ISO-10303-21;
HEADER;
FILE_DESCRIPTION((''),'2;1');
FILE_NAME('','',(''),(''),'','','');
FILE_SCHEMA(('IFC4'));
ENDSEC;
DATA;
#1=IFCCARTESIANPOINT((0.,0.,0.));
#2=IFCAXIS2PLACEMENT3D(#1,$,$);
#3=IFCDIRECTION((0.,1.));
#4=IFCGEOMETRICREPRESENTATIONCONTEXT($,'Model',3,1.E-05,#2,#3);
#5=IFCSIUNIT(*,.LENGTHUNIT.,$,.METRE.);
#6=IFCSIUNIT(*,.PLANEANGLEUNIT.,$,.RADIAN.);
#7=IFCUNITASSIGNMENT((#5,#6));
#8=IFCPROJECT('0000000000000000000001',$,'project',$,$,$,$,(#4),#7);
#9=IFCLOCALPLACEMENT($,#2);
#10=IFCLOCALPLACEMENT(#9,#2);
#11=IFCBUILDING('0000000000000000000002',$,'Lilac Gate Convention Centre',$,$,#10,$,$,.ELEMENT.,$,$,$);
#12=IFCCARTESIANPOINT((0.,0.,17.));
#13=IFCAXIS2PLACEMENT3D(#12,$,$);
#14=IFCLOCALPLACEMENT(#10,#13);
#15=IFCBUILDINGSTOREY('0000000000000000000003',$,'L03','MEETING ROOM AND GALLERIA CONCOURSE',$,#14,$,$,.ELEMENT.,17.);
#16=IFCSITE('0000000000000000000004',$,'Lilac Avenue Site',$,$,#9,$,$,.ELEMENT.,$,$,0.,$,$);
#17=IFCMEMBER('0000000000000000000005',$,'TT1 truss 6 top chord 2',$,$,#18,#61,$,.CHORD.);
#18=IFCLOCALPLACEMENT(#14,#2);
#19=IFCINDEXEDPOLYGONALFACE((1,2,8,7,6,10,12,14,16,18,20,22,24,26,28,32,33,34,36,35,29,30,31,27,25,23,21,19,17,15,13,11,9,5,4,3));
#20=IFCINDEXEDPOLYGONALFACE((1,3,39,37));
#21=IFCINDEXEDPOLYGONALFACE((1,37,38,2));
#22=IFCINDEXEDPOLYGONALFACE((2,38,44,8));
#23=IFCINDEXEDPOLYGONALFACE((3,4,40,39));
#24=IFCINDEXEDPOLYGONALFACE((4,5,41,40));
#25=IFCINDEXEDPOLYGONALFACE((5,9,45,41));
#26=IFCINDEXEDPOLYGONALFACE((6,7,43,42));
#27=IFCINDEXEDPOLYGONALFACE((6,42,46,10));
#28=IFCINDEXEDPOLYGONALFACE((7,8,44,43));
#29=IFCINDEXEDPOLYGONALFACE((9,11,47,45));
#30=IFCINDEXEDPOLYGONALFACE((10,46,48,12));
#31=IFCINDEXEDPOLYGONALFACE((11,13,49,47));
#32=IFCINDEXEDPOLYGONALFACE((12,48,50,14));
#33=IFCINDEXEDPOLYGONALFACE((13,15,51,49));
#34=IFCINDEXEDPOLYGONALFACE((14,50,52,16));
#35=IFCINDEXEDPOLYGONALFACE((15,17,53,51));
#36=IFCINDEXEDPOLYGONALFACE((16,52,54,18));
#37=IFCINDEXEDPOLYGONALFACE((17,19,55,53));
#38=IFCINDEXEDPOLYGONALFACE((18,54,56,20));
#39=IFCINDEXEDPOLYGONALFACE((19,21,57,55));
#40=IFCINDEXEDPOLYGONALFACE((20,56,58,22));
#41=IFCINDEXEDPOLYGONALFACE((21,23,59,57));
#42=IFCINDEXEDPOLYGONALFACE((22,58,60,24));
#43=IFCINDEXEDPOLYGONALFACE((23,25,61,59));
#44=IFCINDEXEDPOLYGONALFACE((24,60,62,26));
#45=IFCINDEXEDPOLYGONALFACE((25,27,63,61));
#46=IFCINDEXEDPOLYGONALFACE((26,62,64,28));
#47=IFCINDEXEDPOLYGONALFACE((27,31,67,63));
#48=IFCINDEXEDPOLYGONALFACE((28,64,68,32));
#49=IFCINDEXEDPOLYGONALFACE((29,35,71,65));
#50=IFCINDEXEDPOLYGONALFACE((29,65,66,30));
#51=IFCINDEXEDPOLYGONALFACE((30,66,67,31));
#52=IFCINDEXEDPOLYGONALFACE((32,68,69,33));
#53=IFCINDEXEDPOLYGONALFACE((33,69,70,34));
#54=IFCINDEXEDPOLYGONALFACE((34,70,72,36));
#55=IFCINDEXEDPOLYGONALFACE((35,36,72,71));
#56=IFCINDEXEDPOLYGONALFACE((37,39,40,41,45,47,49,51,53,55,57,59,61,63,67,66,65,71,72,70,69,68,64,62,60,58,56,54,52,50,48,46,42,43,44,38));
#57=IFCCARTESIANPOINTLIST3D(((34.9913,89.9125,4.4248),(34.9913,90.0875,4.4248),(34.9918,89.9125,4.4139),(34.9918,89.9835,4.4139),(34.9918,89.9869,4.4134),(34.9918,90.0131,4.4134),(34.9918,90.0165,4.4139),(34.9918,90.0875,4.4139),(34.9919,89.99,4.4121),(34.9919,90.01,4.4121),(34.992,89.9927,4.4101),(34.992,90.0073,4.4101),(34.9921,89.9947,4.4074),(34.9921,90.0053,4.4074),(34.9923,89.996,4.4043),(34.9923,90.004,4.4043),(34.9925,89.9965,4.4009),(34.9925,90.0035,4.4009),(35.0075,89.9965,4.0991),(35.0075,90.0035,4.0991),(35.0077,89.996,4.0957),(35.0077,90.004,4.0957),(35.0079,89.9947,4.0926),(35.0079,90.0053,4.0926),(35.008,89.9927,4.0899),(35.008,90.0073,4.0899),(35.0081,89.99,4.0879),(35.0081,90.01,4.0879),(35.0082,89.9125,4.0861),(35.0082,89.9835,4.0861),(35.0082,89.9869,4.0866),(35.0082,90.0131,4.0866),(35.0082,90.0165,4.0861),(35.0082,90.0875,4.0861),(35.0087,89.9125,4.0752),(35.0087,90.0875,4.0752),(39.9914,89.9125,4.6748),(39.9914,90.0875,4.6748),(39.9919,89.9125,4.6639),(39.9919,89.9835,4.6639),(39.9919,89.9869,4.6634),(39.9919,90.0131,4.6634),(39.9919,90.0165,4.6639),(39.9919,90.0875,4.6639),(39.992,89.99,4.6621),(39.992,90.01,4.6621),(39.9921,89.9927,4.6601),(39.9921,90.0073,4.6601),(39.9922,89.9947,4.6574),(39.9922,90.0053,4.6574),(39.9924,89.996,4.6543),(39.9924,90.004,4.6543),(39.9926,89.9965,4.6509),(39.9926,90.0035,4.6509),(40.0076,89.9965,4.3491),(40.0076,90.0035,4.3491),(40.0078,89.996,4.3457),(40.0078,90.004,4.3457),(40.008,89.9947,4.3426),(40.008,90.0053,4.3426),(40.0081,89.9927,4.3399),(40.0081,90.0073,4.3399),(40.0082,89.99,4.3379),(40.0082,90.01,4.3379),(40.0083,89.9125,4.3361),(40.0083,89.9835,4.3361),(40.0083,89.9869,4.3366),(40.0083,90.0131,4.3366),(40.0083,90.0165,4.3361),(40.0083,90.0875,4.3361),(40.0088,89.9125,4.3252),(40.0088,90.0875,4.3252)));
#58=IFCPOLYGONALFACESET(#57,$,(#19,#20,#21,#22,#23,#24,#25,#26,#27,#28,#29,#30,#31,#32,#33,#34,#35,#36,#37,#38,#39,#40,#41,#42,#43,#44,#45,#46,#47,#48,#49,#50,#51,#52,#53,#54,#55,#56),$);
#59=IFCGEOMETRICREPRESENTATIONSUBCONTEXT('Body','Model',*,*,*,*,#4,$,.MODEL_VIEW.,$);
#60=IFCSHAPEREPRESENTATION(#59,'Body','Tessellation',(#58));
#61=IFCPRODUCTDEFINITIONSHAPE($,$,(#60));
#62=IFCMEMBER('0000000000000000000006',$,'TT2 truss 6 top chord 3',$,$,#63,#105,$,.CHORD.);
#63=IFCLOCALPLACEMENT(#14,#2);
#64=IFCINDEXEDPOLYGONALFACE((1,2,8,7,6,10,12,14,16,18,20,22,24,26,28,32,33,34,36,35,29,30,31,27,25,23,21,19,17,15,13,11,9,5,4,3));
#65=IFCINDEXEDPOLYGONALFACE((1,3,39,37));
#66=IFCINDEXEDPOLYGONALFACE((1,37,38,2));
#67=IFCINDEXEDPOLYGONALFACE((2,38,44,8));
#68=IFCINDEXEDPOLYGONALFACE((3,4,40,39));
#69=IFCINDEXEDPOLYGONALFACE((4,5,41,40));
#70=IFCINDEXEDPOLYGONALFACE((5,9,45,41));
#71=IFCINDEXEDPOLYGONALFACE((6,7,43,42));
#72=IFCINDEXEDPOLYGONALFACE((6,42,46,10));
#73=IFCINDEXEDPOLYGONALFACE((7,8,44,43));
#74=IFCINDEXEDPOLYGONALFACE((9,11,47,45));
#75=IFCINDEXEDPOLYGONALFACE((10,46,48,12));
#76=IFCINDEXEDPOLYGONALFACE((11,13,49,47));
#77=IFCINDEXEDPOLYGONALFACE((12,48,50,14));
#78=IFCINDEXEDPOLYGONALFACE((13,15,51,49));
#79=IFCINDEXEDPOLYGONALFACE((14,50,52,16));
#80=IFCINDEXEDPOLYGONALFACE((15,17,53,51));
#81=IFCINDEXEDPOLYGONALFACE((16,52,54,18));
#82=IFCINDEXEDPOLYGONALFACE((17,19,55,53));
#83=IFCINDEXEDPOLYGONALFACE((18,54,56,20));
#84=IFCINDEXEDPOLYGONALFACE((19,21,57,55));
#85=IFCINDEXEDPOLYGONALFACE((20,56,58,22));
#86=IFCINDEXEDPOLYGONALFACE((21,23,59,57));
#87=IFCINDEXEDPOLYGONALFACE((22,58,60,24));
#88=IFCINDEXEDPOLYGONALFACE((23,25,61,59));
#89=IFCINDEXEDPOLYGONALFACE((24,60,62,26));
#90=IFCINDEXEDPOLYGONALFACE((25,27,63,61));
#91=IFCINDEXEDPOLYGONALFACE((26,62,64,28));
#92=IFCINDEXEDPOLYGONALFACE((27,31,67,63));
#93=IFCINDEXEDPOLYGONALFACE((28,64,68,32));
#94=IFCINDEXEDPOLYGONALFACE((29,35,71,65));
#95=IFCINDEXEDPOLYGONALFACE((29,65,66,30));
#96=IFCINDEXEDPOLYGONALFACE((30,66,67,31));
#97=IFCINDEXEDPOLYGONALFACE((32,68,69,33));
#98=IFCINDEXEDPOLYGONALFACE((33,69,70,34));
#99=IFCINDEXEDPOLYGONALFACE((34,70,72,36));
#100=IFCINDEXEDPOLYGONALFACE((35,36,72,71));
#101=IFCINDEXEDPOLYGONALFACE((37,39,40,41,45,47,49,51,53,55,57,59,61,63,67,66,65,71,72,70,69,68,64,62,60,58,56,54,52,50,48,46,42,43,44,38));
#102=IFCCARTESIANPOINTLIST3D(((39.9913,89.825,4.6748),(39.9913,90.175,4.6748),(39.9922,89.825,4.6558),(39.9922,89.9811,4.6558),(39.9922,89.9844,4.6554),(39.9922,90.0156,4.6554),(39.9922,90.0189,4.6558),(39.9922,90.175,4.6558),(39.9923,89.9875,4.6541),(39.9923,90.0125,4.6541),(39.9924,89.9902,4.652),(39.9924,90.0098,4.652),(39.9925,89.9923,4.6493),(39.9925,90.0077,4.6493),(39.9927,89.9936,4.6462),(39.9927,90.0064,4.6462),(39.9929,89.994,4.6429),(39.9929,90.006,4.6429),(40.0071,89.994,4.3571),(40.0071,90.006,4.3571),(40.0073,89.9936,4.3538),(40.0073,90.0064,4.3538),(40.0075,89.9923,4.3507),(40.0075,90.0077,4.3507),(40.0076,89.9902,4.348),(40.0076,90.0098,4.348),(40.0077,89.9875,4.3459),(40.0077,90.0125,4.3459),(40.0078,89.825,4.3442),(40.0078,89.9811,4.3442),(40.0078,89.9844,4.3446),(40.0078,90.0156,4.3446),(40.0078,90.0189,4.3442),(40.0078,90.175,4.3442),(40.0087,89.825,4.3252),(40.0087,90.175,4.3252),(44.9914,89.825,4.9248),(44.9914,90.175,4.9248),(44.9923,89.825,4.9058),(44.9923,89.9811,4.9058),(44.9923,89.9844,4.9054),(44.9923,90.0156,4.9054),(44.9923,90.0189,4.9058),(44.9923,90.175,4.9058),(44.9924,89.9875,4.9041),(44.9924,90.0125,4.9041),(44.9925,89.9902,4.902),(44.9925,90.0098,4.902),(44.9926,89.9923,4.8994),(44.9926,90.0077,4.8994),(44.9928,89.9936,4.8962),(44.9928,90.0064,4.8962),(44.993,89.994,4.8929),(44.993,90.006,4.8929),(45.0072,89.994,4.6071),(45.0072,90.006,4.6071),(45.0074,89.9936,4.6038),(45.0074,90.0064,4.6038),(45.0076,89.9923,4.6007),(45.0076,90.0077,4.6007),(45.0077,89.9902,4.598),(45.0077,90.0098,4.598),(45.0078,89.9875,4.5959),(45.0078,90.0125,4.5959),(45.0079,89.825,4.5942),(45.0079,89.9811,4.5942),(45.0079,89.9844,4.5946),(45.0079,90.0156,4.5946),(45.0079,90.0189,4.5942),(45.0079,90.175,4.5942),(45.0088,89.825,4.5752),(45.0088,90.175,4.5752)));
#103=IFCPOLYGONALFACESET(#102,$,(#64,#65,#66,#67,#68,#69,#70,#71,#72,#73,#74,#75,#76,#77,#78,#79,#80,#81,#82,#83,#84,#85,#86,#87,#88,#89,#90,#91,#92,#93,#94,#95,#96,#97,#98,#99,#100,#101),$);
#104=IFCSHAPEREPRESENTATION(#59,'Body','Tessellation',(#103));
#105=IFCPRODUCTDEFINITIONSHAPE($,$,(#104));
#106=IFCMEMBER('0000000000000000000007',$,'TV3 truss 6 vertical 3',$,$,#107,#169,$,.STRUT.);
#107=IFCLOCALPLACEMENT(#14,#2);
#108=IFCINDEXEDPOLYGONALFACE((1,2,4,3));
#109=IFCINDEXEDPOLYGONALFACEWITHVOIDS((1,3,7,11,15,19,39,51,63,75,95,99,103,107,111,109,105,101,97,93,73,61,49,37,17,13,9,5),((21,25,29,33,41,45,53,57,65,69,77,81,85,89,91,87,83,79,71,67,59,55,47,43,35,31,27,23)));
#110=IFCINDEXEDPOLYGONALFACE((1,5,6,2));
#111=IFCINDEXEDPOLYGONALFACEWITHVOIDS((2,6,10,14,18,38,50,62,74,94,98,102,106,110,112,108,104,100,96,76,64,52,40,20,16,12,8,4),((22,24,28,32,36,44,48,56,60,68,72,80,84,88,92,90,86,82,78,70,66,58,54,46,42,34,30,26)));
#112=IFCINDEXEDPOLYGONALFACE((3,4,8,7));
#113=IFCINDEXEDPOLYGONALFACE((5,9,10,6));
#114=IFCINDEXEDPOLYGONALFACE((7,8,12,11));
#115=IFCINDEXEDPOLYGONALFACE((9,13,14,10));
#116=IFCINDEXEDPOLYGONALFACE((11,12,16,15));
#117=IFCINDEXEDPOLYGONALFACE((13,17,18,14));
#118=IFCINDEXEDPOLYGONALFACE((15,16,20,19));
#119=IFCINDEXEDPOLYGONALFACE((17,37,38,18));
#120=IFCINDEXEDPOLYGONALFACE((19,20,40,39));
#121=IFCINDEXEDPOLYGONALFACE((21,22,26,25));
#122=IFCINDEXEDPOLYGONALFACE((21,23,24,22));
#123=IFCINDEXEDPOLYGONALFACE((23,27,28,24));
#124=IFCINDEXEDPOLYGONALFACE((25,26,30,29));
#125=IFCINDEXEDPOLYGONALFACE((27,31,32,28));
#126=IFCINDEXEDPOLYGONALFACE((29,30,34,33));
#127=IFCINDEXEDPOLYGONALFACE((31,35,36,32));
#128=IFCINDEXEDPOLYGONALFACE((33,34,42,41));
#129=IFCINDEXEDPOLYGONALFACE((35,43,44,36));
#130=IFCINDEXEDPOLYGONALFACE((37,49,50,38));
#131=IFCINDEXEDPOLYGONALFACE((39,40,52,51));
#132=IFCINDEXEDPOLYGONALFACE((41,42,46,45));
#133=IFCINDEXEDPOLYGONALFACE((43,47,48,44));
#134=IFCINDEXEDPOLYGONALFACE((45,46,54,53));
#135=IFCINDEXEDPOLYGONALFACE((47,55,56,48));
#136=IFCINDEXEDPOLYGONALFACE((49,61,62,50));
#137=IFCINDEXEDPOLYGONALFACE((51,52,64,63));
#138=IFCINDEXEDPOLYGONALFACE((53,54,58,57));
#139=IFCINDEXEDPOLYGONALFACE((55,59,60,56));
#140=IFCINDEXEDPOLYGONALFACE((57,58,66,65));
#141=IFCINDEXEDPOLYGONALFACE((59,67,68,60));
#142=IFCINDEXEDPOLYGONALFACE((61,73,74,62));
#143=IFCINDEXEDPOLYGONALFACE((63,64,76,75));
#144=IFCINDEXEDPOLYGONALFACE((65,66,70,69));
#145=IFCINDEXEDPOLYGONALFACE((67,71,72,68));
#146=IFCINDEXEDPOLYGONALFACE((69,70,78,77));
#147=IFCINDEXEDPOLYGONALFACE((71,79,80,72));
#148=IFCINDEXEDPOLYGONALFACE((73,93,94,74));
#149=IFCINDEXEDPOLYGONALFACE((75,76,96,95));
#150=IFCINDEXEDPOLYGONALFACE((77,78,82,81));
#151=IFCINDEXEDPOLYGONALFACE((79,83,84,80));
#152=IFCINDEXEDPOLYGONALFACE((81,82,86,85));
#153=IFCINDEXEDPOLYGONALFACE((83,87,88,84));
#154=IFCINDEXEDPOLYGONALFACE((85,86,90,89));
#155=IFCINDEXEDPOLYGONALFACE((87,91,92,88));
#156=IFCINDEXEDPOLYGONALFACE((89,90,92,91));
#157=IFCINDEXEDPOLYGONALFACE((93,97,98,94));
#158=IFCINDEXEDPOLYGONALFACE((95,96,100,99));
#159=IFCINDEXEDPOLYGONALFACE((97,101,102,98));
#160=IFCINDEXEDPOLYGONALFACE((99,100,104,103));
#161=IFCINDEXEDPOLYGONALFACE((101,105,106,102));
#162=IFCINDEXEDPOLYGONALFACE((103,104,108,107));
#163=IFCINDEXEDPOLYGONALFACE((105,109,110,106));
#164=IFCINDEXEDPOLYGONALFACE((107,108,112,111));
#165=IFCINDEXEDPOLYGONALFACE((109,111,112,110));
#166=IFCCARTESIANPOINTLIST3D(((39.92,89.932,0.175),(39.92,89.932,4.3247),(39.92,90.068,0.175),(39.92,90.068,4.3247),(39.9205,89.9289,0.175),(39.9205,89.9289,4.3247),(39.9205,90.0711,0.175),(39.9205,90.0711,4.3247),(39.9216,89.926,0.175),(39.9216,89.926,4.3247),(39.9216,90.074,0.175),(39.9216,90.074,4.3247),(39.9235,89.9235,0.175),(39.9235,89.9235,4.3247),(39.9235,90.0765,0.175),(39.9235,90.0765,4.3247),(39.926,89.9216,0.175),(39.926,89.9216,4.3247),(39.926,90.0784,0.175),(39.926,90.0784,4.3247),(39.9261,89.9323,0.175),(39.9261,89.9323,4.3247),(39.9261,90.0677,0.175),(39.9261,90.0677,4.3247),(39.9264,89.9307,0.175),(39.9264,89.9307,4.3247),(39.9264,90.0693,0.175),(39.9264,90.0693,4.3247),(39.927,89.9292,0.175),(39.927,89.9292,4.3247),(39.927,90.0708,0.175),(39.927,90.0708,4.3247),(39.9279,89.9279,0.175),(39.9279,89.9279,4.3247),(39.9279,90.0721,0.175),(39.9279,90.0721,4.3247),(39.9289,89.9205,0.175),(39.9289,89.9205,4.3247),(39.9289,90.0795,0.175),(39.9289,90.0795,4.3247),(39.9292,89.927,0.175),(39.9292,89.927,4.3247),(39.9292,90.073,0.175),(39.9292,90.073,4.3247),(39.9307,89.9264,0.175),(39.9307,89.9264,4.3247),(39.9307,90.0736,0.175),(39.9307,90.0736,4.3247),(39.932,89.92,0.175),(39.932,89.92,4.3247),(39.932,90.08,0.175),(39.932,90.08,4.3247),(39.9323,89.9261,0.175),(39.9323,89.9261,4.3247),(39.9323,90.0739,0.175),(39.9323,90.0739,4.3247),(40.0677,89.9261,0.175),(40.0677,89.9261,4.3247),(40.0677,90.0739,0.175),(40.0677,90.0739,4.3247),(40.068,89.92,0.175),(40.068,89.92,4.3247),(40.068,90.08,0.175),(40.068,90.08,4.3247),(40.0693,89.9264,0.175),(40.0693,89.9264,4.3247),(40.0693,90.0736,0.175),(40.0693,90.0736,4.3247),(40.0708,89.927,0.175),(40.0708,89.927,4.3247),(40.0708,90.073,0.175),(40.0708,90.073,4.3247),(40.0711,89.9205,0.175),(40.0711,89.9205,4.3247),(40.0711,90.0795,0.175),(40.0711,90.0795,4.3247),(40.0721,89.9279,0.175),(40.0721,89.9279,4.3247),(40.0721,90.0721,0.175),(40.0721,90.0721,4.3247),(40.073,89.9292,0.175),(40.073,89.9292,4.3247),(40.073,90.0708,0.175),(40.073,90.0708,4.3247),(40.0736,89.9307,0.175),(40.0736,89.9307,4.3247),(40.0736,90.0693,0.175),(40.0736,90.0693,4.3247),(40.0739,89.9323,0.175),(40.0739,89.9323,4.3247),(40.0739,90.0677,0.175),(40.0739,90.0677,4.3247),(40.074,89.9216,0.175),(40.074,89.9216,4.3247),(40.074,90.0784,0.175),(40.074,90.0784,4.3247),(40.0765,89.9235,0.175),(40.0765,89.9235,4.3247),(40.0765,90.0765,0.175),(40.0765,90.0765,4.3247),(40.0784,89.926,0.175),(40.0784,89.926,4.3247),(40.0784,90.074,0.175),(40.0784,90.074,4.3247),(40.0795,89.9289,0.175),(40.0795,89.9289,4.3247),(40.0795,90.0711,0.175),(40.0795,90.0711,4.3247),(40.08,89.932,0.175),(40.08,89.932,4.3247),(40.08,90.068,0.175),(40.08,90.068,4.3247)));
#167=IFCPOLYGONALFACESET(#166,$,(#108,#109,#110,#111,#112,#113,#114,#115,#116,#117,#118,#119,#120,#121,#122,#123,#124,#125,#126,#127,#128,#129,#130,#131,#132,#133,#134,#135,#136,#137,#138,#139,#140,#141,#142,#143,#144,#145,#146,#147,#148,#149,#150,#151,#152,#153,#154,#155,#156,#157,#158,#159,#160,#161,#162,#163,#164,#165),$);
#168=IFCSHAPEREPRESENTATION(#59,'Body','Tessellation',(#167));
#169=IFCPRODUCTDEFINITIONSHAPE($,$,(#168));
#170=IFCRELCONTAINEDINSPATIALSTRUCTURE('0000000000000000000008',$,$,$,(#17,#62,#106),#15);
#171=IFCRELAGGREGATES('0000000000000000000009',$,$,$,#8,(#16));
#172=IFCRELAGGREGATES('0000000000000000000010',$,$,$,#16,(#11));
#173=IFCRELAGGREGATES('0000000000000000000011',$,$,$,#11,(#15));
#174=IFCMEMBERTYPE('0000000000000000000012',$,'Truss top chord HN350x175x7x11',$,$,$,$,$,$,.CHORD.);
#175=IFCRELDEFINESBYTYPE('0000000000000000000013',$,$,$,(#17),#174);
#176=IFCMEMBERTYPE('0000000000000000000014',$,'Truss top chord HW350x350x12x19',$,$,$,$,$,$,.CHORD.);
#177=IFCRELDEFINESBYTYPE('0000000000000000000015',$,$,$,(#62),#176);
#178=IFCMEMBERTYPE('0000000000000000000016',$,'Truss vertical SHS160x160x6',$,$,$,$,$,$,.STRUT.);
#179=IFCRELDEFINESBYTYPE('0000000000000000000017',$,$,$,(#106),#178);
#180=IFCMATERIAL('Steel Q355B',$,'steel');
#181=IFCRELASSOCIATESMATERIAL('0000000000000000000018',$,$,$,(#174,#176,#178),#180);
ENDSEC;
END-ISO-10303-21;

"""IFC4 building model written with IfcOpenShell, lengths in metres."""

from ifc_helpers import new_model, si_unit, direction, frame, origin, origin_2d, place, context, subcontext, project, spatial, hollow_rectangle, i_section, extrude, material, material_profile, profile_set, type_object, element, save


model = new_model("IFC4")

# Units and contexts
model_context = context("Model", 3, precision=1e-05, world=origin(), true_north=direction((0.0, 1.0)))
body_context = subcontext(model_context, "Body", "Model", "MODEL_VIEW")
ifc_project = project(units=[si_unit("LENGTHUNIT", "METRE"), si_unit("PLANEANGLEUNIT", "RADIAN")], contexts=[model_context])

# Site, building, storey
site_placement = place(None, origin())
site = spatial("IfcSite", under=ifc_project, at=site_placement, Name="Lilac Avenue Site", CompositionType="ELEMENT", RefElevation=0.0)
building_placement = place(site_placement, origin())
building = spatial("IfcBuilding", under=site, at=building_placement, Name="Lilac Gate Convention Centre", CompositionType="ELEMENT")
storey_placement = place(building_placement, frame((0.0, 0.0, 17.0)))
storey = spatial("IfcBuildingStorey", under=building, at=storey_placement, Name="L03", Description="MEETING ROOM AND GALLERIA CONCOURSE", CompositionType="ELEMENT", Elevation=17.0)

# Members
ifc_material = material(Name="Steel Q355B", Category="steel")
ifc_material_profile_1 = material_profile(ifc_material, i_section(OverallWidth=0.175, OverallDepth=0.3501, WebThickness=0.0071, FlangeThickness=0.011, FilletRadius=0.0129, at=origin_2d()), Name="HN350x175x7x11")
ifc_profile_set_1 = profile_set([ifc_material_profile_1], Name="Steel Q355B")
member_type_1 = type_object("IfcMemberType", Name="Truss top chord HN350x175x7x11", PredefinedType="CHORD", material=ifc_profile_set_1)
member_1_placement = place(storey_placement, frame((35.0, 90.0, 4.25), z_axis=(0.998752, 0.0, 0.049938), x_axis=(0.0, 1.0, 0.0)))
element("IfcMember", 1, at=member_1_placement, inside=storey, type_object=member_type_1, Name="TT1 truss 6 top chord 2", PredefinedType="CHORD", context=body_context, shape_type="SweptSolid", body=[
    extrude(i_section(OverallWidth=0.175, OverallDepth=0.3501, WebThickness=0.0071, FlangeThickness=0.011, FilletRadius=0.0129, at=origin_2d()), origin(), (0.0, 0.0, 1.0), 5.0063),
])
ifc_material_profile_2 = material_profile(ifc_material, i_section(OverallWidth=0.3501, OverallDepth=0.3501, WebThickness=0.012, FlangeThickness=0.019, FilletRadius=0.0129, at=origin_2d()), Name="HW350x350x12x19")
ifc_profile_set_2 = profile_set([ifc_material_profile_2], Name="Steel Q355B")
member_type_2 = type_object("IfcMemberType", Name="Truss top chord HW350x350x12x19", PredefinedType="CHORD", material=ifc_profile_set_2)
member_2_placement = place(storey_placement, frame((40.0, 90.0, 4.5), z_axis=(0.998752, 0.0, 0.049938), x_axis=(0.0, 1.0, 0.0)))
element("IfcMember", 2, at=member_2_placement, inside=storey, type_object=member_type_2, Name="TT2 truss 6 top chord 3", PredefinedType="CHORD", context=body_context, shape_type="SweptSolid", body=[
    extrude(i_section(OverallWidth=0.3501, OverallDepth=0.3501, WebThickness=0.012, FlangeThickness=0.019, FilletRadius=0.0129, at=origin_2d()), origin(), (0.0, 0.0, 1.0), 5.0063),
])
ifc_material_profile_3 = material_profile(ifc_material, hollow_rectangle(XDim=0.1599, YDim=0.1599, WallThickness=0.0061, InnerFilletRadius=0.0061, OuterFilletRadius=0.012, at=origin_2d()), Name="SHS160x160x6")
ifc_profile_set_3 = profile_set([ifc_material_profile_3], Name="Steel Q355B")
member_type_3 = type_object("IfcMemberType", Name="Truss vertical SHS160x160x6", PredefinedType="STRUT", material=ifc_profile_set_3)
member_3_placement = place(storey_placement, frame((40.0, 90.0, 0.175), z_axis=(0.0, 0.0, 1.0), x_axis=(1.0, 0.0, 0.0)))
element("IfcMember", 3, at=member_3_placement, inside=storey, type_object=member_type_3, Name="TV3 truss 6 vertical 3", PredefinedType="STRUT", context=body_context, shape_type="SweptSolid", body=[
    extrude(hollow_rectangle(XDim=0.1599, YDim=0.1599, WallThickness=0.0061, InnerFilletRadius=0.0061, OuterFilletRadius=0.012, at=origin_2d()), origin(), (0.0, 0.0, 1.0), 4.1497),
])

save(model, "model.ifc")
